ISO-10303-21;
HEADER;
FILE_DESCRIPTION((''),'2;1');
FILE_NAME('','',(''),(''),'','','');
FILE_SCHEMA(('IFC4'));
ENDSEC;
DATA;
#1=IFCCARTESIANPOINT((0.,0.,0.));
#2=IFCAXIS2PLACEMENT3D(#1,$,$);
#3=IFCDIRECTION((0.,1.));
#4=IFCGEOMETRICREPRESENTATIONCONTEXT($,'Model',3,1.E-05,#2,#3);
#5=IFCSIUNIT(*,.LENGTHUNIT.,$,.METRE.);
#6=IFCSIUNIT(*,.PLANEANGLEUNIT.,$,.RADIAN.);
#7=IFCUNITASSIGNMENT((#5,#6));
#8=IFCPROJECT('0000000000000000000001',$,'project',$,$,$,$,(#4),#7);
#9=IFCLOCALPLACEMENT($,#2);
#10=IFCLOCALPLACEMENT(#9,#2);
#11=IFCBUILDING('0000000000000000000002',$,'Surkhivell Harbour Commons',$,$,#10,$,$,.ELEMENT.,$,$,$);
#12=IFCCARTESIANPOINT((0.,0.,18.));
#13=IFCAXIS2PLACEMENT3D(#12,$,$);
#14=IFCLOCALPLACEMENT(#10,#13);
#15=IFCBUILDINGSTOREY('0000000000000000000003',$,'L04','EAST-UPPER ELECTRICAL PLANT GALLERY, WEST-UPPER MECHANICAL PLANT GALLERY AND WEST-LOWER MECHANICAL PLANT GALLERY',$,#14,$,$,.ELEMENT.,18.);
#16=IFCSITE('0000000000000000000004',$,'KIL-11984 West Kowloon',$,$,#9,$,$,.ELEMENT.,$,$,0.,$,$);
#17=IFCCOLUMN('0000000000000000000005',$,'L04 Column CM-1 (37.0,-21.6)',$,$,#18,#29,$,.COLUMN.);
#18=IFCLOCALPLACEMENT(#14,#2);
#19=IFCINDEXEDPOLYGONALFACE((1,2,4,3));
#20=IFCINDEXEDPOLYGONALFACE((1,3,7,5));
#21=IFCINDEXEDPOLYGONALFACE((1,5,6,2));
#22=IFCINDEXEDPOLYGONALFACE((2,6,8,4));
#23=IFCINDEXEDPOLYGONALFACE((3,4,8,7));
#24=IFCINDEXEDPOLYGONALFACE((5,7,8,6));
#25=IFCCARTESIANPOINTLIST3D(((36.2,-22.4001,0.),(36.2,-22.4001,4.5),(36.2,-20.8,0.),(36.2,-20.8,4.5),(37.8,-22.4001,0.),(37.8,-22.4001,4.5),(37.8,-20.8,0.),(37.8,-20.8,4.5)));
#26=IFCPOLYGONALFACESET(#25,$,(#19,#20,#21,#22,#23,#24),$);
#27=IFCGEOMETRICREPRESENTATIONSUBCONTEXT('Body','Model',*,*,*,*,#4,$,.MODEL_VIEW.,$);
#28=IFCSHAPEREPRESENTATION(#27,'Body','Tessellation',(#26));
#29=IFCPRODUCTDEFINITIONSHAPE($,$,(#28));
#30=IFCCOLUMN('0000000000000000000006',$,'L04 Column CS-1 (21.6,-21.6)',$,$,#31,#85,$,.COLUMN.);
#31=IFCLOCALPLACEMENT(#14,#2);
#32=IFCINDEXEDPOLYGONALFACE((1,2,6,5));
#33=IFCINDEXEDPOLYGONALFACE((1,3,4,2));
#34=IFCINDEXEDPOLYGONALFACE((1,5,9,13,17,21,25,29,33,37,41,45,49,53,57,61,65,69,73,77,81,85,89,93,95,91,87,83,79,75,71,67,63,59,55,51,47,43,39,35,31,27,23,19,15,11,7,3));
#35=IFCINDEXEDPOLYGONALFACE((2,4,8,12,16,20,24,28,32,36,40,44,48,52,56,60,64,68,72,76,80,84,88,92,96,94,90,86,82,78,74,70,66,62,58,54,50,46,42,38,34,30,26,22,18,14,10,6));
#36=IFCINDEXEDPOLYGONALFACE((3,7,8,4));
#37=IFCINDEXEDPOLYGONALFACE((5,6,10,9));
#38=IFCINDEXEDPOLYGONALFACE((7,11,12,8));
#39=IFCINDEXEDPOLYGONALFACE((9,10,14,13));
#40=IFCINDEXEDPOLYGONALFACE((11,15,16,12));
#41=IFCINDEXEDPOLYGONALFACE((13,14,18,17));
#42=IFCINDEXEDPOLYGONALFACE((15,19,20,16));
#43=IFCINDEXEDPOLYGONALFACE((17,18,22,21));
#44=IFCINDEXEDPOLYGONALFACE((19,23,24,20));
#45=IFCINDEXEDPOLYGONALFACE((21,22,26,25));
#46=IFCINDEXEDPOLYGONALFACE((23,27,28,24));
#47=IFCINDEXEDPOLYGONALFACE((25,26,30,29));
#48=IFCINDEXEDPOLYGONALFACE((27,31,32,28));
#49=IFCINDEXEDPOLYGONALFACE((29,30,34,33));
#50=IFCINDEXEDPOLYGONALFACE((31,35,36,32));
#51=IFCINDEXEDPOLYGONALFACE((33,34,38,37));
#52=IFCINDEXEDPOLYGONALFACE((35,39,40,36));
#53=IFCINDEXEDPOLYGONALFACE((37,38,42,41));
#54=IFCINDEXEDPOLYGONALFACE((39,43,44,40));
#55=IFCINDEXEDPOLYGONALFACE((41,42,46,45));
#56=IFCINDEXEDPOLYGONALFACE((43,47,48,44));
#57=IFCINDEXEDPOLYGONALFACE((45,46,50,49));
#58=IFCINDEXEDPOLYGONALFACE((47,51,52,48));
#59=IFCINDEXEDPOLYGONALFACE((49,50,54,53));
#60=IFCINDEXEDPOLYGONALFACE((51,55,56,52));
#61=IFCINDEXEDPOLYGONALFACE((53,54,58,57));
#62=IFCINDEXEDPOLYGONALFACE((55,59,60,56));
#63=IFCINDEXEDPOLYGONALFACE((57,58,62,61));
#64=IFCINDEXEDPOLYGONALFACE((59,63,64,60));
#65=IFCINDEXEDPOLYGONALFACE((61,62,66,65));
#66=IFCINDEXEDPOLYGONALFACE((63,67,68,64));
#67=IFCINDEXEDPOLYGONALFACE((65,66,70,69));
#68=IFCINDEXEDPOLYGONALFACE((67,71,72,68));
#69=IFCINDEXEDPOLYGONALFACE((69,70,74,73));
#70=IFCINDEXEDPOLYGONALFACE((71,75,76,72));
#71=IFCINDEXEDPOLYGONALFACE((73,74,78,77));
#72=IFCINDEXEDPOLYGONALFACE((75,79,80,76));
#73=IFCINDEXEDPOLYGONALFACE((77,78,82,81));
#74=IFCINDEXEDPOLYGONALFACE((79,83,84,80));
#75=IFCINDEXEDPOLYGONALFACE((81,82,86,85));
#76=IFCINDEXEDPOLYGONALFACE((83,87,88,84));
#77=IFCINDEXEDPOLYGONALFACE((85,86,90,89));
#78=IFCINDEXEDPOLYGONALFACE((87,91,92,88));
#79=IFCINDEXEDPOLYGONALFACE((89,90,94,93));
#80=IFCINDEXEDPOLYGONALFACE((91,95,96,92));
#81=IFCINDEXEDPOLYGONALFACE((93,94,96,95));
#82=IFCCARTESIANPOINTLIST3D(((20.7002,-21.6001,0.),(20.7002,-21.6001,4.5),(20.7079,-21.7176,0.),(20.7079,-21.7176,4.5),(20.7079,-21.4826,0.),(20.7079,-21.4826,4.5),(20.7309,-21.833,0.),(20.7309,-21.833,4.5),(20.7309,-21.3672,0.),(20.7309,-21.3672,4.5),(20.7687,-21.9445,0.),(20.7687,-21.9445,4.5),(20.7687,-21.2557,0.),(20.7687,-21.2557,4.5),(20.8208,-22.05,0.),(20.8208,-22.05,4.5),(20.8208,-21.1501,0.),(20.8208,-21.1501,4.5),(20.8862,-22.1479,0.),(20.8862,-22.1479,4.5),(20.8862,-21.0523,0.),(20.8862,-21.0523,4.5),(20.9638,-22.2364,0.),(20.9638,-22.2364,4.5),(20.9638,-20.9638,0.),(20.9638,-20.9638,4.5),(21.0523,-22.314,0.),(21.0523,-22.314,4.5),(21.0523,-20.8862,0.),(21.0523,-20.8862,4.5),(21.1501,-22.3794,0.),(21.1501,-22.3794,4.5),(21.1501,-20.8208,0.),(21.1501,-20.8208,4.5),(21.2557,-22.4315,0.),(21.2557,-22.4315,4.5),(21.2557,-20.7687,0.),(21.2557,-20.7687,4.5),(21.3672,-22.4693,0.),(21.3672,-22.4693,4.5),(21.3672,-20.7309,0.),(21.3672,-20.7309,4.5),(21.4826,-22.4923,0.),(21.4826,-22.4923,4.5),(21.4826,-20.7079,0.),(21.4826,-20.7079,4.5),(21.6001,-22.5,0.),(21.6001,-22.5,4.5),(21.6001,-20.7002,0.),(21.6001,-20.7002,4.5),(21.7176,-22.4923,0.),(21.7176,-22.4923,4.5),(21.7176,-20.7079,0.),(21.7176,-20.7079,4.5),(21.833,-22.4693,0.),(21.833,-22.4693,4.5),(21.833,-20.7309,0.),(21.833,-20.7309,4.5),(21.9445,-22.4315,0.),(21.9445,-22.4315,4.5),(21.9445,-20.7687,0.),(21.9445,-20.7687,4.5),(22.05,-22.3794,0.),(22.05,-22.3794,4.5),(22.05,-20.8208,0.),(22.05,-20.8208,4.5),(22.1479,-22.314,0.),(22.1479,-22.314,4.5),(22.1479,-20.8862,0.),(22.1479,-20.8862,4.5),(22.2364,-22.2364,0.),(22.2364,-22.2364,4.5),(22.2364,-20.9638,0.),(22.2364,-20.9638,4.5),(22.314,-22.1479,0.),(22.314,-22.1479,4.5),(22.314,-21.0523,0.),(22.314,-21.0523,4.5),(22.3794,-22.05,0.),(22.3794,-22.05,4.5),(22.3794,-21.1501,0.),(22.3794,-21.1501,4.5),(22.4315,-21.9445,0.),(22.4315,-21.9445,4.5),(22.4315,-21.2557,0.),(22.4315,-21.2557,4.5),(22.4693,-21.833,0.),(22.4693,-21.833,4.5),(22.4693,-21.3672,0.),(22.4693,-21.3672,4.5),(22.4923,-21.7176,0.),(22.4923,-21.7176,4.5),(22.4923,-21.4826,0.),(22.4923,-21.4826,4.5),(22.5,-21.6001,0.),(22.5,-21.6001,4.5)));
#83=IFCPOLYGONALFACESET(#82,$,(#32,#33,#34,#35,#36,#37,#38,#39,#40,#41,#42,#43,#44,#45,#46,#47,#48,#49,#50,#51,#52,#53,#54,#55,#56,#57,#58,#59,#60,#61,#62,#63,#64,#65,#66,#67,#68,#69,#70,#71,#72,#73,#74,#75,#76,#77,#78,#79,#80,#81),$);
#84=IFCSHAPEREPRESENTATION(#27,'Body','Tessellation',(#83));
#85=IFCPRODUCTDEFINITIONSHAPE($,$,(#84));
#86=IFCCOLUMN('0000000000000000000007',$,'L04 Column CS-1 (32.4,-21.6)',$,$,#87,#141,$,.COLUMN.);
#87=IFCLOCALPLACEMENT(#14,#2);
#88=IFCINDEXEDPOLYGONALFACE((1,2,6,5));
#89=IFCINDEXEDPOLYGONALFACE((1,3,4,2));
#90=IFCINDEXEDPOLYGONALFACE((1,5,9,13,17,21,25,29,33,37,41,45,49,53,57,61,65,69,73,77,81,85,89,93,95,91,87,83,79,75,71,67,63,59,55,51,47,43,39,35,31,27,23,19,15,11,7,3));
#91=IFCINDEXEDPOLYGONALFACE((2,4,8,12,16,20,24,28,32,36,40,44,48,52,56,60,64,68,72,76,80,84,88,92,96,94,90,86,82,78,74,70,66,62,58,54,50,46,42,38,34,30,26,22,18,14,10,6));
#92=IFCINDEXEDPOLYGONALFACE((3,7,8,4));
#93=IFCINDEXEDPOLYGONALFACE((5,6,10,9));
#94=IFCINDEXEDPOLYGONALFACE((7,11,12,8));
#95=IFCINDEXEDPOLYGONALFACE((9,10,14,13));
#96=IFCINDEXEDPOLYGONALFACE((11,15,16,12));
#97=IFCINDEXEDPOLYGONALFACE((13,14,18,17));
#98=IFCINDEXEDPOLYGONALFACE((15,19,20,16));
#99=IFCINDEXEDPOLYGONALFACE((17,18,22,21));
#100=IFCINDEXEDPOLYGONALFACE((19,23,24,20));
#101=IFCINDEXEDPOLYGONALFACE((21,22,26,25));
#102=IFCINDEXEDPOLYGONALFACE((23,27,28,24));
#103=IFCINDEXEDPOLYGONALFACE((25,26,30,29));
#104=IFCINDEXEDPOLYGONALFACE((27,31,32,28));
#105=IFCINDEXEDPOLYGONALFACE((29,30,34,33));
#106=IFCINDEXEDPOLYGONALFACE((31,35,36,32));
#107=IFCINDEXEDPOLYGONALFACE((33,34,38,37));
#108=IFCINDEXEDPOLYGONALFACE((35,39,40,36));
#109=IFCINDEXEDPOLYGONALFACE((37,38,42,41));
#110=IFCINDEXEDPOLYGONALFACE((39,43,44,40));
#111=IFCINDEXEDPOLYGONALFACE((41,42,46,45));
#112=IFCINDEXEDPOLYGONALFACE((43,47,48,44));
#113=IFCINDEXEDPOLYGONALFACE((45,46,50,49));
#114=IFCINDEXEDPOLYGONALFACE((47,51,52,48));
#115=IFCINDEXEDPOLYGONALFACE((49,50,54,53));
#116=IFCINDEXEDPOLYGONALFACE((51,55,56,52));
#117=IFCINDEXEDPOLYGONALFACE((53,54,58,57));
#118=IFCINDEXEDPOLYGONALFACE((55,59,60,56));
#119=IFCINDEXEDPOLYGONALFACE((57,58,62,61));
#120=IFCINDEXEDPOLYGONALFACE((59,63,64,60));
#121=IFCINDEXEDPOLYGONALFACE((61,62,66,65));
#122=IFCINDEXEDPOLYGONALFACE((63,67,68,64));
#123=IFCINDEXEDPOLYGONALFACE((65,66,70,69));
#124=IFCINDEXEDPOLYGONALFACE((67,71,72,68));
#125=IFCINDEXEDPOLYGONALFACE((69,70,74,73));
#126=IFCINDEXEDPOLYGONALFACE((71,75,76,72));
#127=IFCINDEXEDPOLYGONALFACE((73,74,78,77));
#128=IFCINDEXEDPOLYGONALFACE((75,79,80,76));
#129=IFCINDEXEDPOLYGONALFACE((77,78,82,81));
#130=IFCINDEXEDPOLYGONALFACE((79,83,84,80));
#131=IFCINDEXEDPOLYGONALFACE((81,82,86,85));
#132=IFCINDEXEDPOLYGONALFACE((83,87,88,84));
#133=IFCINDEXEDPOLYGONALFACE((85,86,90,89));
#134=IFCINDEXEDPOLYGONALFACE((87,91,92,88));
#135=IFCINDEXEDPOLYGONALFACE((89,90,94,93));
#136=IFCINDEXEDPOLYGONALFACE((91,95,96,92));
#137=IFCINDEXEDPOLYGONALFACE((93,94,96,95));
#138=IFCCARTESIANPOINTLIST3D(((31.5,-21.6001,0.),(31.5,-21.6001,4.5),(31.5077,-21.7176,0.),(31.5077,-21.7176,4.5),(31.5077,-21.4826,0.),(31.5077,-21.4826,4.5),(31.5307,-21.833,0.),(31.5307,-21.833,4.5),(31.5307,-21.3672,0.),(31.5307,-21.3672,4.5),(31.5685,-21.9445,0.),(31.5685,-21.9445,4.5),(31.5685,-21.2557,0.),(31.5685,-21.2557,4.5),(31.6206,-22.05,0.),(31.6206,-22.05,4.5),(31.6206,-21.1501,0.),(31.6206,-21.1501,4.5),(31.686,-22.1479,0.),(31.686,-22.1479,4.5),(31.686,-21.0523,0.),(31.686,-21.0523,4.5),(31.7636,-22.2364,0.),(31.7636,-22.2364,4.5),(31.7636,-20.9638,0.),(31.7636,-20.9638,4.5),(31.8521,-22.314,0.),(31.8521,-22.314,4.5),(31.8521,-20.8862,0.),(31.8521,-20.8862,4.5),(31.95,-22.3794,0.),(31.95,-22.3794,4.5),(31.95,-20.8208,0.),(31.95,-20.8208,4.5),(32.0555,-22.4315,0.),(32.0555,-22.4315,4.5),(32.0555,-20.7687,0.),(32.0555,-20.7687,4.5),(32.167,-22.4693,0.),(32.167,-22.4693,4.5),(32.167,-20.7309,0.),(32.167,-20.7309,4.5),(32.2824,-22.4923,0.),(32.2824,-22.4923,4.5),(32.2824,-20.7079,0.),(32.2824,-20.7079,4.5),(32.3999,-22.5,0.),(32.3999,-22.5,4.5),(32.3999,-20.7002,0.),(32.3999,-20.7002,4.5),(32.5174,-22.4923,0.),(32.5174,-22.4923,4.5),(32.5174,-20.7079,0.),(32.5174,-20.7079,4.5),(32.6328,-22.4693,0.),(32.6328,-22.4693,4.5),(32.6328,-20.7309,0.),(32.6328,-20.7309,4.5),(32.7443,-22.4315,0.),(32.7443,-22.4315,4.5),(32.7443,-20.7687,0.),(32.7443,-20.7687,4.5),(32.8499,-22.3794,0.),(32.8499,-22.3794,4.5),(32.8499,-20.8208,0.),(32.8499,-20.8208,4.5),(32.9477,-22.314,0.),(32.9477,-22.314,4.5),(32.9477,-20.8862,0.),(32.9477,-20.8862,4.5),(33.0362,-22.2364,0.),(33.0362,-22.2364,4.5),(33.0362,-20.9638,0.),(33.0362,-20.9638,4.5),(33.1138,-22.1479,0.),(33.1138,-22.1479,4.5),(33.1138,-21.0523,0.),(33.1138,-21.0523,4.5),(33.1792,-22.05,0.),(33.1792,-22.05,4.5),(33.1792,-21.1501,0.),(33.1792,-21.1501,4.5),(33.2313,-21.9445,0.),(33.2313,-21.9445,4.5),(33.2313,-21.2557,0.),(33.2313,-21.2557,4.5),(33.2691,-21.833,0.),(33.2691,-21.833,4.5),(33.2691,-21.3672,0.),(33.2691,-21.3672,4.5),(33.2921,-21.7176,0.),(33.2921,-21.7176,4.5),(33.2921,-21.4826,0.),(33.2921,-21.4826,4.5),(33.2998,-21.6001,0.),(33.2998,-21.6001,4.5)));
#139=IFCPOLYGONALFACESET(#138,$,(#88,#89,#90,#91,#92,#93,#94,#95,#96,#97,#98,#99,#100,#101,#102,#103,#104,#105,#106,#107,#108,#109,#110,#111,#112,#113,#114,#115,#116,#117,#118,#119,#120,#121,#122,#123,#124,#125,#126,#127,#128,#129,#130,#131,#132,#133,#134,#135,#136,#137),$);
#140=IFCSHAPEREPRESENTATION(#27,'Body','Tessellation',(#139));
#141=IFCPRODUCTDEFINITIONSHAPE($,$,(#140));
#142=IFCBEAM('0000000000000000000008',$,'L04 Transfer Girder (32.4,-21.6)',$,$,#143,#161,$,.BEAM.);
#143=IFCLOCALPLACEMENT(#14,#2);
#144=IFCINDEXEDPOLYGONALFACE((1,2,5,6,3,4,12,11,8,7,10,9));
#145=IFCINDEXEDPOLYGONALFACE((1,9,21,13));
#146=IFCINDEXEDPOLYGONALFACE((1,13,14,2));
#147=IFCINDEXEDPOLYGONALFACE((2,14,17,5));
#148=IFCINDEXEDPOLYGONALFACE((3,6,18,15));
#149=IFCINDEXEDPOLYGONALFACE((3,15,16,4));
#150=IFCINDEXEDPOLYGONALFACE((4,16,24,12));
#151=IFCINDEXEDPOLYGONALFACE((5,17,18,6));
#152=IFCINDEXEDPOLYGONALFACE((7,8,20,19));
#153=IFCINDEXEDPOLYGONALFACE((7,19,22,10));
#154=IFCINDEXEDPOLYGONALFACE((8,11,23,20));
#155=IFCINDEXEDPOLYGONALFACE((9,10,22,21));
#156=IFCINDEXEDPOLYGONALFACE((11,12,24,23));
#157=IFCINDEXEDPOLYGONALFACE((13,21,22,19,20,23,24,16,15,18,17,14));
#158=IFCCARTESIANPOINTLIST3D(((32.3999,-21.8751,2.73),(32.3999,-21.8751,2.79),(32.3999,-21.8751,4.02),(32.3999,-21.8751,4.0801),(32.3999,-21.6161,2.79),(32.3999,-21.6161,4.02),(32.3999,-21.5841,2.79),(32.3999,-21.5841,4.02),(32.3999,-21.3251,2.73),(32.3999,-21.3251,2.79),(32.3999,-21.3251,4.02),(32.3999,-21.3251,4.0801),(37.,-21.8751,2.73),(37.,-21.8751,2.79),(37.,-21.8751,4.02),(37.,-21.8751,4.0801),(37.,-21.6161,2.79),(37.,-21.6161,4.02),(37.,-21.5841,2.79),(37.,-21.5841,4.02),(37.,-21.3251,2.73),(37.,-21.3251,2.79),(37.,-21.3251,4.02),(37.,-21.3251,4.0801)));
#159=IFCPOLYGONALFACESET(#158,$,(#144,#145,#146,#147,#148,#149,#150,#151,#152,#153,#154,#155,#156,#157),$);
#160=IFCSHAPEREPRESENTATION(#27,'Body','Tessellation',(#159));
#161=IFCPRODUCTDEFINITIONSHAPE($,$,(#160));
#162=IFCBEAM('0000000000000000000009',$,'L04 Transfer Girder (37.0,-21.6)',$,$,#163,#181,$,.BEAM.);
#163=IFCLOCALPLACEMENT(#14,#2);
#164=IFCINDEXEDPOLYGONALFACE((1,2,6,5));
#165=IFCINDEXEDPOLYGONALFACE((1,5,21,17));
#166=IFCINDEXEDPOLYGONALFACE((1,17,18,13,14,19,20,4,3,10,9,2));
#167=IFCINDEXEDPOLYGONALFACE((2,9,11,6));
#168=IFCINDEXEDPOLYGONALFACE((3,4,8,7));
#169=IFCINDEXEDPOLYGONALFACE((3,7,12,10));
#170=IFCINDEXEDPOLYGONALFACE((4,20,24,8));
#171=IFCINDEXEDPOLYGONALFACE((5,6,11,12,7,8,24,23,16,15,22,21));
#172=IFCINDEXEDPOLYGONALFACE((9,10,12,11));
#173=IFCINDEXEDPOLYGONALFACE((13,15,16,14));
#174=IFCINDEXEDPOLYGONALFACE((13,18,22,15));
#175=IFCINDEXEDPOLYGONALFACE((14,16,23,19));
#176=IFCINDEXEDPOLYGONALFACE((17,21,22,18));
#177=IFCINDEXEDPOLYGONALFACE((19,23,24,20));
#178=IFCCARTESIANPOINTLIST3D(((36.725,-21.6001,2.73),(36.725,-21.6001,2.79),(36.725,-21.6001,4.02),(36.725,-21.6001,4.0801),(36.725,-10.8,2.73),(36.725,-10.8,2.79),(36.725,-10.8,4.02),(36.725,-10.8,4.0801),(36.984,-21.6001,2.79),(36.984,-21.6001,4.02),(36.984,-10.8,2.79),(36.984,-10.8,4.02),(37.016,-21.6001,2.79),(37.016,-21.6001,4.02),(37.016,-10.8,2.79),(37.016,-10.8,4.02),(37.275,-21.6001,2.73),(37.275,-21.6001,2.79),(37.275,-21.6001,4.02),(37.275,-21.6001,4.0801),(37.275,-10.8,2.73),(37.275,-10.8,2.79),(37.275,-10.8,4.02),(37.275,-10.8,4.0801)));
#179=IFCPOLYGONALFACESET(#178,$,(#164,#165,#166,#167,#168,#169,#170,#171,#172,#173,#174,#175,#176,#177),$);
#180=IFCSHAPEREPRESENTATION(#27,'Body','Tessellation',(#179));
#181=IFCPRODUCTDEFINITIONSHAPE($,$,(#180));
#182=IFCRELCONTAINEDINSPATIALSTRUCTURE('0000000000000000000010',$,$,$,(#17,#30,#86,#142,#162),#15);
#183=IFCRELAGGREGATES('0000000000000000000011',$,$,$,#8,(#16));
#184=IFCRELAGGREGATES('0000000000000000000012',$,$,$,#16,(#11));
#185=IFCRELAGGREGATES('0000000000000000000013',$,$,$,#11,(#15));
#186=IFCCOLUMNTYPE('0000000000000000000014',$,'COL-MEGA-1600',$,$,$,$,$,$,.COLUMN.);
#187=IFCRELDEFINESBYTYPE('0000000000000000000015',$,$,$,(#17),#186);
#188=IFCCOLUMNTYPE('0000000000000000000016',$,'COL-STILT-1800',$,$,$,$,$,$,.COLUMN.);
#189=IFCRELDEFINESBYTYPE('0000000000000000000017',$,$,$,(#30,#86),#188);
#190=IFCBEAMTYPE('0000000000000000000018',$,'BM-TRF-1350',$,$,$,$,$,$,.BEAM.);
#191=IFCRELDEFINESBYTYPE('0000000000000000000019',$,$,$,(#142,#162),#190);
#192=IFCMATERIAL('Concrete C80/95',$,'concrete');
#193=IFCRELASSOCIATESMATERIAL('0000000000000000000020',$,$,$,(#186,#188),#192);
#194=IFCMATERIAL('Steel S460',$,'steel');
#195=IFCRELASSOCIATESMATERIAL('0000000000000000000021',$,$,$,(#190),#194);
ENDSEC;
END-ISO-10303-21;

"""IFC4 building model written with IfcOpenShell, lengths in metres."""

from ifc_helpers import new_model, si_unit, direction, frame, origin, origin_2d, place, context, subcontext, project, spatial, rectangle, circle, i_section, extrude, material, material_profile, profile_set, type_object, element, save


model = new_model("IFC4")

# Units and contexts
model_context = context("Model", 3, precision=1e-05, world=origin(), true_north=direction((0.0, 1.0)))
body_context = subcontext(model_context, "Body", "Model", "MODEL_VIEW")
ifc_project = project(units=[si_unit("LENGTHUNIT", "METRE"), si_unit("PLANEANGLEUNIT", "RADIAN")], contexts=[model_context])

# Site, building, storey
site_placement = place(None, origin())
site = spatial("IfcSite", under=ifc_project, at=site_placement, Name="KIL-11984 West Kowloon", CompositionType="ELEMENT", RefElevation=0.0)
building_placement = place(site_placement, origin())
building = spatial("IfcBuilding", under=site, at=building_placement, Name="Surkhivell Harbour Commons", CompositionType="ELEMENT")
storey_placement = place(building_placement, frame((0.0, 0.0, 18.0)))
storey = spatial("IfcBuildingStorey", under=building, at=storey_placement, Name="L04", Description="EAST-UPPER ELECTRICAL PLANT GALLERY, WEST-UPPER MECHANICAL PLANT GALLERY AND WEST-LOWER MECHANICAL PLANT GALLERY", CompositionType="ELEMENT", Elevation=18.0)

# Columns
ifc_material_1 = material(Name="Concrete C80/95", Category="concrete")
ifc_material_profile_1 = material_profile(ifc_material_1, rectangle(XDim=1.6001, YDim=1.6001, at=origin_2d()), Name="RC-COL-1600x1600")
ifc_profile_set_1 = profile_set([ifc_material_profile_1], Name="Concrete C80/95")
column_type_1 = type_object("IfcColumnType", Name="COL-MEGA-1600", PredefinedType="COLUMN", material=ifc_profile_set_1)
column_placement = place(storey_placement, frame((37.0, -21.6001, 0.0), z_axis=(0.0, 0.0, 1.0), x_axis=(1.0, 0.0, 0.0)))
element("IfcColumn", 1, at=column_placement, inside=storey, type_object=column_type_1, Name="L04 Column CM-1 (37.0,-21.6)", PredefinedType="COLUMN", context=body_context, shape_type="SweptSolid", body=[
    extrude(rectangle(XDim=1.6001, YDim=1.6001, at=origin_2d()), origin(), (0.0, 0.0, 1.0), 4.5),
])
ifc_material_profile_2 = material_profile(ifc_material_1, circle(Radius=0.8999, at=origin_2d()), Name="RC-CIRC-1800")
ifc_profile_set_2 = profile_set([ifc_material_profile_2], Name="Concrete C80/95")
column_type_2 = type_object("IfcColumnType", Name="COL-STILT-1800", PredefinedType="COLUMN", material=ifc_profile_set_2)
for number, where, z_axis, x_axis, name in (
    (2, (21.6001, -21.6001, 0.0), (0.0, 0.0, 1.0), (1.0, 0.0, 0.0), "L04 Column CS-1 (21.6,-21.6)"),
    (3, (32.3999, -21.6001, 0.0), (0.0, 0.0, 1.0), (1.0, 0.0, 0.0), "L04 Column CS-1 (32.4,-21.6)"),
):
    element("IfcColumn", number, at=place(storey_placement, frame(where, z_axis=z_axis, x_axis=x_axis)), inside=storey, type_object=column_type_2, Name=name, PredefinedType="COLUMN", context=body_context, shape_type="SweptSolid", body=[
        extrude(circle(Radius=0.8999, at=origin_2d()), origin(), (0.0, 0.0, 1.0), 4.5),
    ])

# Beams
ifc_material_2 = material(Name="Steel S460", Category="steel")
ifc_material_profile_3 = material_profile(ifc_material_2, i_section(OverallWidth=0.55, OverallDepth=1.3501, WebThickness=0.032, FlangeThickness=0.0601, at=origin_2d()), Name="WPG1350x550x248")
ifc_profile_set_3 = profile_set([ifc_material_profile_3], Name="Steel S460")
beam_type_1 = type_object("IfcBeamType", Name="BM-TRF-1350", PredefinedType="BEAM", material=ifc_profile_set_3)
beam_1_placement = place(storey_placement, frame((32.3999, -21.6001, 3.405), z_axis=(1.0, 0.0, 0.0), x_axis=(0.0, 1.0, 0.0)))
element("IfcBeam", 4, at=beam_1_placement, inside=storey, type_object=beam_type_1, Name="L04 Transfer Girder (32.4,-21.6)", PredefinedType="BEAM", context=body_context, shape_type="SweptSolid", body=[
    extrude(i_section(OverallWidth=0.55, OverallDepth=1.3501, WebThickness=0.032, FlangeThickness=0.0601, at=origin_2d()), origin(), (0.0, 0.0, 1.0), 4.6001),
])
beam_2_placement = place(storey_placement, frame((37.0, -21.6001, 3.405), z_axis=(0.0, 1.0, 0.0), x_axis=(-1.0, 0.0, 0.0)))
element("IfcBeam", 5, at=beam_2_placement, inside=storey, type_object=beam_type_1, Name="L04 Transfer Girder (37.0,-21.6)", PredefinedType="BEAM", context=body_context, shape_type="SweptSolid", body=[
    extrude(i_section(OverallWidth=0.55, OverallDepth=1.3501, WebThickness=0.032, FlangeThickness=0.0601, at=origin_2d()), origin(), (0.0, 0.0, 1.0), 10.8),
])

save(model, "model.ifc")
